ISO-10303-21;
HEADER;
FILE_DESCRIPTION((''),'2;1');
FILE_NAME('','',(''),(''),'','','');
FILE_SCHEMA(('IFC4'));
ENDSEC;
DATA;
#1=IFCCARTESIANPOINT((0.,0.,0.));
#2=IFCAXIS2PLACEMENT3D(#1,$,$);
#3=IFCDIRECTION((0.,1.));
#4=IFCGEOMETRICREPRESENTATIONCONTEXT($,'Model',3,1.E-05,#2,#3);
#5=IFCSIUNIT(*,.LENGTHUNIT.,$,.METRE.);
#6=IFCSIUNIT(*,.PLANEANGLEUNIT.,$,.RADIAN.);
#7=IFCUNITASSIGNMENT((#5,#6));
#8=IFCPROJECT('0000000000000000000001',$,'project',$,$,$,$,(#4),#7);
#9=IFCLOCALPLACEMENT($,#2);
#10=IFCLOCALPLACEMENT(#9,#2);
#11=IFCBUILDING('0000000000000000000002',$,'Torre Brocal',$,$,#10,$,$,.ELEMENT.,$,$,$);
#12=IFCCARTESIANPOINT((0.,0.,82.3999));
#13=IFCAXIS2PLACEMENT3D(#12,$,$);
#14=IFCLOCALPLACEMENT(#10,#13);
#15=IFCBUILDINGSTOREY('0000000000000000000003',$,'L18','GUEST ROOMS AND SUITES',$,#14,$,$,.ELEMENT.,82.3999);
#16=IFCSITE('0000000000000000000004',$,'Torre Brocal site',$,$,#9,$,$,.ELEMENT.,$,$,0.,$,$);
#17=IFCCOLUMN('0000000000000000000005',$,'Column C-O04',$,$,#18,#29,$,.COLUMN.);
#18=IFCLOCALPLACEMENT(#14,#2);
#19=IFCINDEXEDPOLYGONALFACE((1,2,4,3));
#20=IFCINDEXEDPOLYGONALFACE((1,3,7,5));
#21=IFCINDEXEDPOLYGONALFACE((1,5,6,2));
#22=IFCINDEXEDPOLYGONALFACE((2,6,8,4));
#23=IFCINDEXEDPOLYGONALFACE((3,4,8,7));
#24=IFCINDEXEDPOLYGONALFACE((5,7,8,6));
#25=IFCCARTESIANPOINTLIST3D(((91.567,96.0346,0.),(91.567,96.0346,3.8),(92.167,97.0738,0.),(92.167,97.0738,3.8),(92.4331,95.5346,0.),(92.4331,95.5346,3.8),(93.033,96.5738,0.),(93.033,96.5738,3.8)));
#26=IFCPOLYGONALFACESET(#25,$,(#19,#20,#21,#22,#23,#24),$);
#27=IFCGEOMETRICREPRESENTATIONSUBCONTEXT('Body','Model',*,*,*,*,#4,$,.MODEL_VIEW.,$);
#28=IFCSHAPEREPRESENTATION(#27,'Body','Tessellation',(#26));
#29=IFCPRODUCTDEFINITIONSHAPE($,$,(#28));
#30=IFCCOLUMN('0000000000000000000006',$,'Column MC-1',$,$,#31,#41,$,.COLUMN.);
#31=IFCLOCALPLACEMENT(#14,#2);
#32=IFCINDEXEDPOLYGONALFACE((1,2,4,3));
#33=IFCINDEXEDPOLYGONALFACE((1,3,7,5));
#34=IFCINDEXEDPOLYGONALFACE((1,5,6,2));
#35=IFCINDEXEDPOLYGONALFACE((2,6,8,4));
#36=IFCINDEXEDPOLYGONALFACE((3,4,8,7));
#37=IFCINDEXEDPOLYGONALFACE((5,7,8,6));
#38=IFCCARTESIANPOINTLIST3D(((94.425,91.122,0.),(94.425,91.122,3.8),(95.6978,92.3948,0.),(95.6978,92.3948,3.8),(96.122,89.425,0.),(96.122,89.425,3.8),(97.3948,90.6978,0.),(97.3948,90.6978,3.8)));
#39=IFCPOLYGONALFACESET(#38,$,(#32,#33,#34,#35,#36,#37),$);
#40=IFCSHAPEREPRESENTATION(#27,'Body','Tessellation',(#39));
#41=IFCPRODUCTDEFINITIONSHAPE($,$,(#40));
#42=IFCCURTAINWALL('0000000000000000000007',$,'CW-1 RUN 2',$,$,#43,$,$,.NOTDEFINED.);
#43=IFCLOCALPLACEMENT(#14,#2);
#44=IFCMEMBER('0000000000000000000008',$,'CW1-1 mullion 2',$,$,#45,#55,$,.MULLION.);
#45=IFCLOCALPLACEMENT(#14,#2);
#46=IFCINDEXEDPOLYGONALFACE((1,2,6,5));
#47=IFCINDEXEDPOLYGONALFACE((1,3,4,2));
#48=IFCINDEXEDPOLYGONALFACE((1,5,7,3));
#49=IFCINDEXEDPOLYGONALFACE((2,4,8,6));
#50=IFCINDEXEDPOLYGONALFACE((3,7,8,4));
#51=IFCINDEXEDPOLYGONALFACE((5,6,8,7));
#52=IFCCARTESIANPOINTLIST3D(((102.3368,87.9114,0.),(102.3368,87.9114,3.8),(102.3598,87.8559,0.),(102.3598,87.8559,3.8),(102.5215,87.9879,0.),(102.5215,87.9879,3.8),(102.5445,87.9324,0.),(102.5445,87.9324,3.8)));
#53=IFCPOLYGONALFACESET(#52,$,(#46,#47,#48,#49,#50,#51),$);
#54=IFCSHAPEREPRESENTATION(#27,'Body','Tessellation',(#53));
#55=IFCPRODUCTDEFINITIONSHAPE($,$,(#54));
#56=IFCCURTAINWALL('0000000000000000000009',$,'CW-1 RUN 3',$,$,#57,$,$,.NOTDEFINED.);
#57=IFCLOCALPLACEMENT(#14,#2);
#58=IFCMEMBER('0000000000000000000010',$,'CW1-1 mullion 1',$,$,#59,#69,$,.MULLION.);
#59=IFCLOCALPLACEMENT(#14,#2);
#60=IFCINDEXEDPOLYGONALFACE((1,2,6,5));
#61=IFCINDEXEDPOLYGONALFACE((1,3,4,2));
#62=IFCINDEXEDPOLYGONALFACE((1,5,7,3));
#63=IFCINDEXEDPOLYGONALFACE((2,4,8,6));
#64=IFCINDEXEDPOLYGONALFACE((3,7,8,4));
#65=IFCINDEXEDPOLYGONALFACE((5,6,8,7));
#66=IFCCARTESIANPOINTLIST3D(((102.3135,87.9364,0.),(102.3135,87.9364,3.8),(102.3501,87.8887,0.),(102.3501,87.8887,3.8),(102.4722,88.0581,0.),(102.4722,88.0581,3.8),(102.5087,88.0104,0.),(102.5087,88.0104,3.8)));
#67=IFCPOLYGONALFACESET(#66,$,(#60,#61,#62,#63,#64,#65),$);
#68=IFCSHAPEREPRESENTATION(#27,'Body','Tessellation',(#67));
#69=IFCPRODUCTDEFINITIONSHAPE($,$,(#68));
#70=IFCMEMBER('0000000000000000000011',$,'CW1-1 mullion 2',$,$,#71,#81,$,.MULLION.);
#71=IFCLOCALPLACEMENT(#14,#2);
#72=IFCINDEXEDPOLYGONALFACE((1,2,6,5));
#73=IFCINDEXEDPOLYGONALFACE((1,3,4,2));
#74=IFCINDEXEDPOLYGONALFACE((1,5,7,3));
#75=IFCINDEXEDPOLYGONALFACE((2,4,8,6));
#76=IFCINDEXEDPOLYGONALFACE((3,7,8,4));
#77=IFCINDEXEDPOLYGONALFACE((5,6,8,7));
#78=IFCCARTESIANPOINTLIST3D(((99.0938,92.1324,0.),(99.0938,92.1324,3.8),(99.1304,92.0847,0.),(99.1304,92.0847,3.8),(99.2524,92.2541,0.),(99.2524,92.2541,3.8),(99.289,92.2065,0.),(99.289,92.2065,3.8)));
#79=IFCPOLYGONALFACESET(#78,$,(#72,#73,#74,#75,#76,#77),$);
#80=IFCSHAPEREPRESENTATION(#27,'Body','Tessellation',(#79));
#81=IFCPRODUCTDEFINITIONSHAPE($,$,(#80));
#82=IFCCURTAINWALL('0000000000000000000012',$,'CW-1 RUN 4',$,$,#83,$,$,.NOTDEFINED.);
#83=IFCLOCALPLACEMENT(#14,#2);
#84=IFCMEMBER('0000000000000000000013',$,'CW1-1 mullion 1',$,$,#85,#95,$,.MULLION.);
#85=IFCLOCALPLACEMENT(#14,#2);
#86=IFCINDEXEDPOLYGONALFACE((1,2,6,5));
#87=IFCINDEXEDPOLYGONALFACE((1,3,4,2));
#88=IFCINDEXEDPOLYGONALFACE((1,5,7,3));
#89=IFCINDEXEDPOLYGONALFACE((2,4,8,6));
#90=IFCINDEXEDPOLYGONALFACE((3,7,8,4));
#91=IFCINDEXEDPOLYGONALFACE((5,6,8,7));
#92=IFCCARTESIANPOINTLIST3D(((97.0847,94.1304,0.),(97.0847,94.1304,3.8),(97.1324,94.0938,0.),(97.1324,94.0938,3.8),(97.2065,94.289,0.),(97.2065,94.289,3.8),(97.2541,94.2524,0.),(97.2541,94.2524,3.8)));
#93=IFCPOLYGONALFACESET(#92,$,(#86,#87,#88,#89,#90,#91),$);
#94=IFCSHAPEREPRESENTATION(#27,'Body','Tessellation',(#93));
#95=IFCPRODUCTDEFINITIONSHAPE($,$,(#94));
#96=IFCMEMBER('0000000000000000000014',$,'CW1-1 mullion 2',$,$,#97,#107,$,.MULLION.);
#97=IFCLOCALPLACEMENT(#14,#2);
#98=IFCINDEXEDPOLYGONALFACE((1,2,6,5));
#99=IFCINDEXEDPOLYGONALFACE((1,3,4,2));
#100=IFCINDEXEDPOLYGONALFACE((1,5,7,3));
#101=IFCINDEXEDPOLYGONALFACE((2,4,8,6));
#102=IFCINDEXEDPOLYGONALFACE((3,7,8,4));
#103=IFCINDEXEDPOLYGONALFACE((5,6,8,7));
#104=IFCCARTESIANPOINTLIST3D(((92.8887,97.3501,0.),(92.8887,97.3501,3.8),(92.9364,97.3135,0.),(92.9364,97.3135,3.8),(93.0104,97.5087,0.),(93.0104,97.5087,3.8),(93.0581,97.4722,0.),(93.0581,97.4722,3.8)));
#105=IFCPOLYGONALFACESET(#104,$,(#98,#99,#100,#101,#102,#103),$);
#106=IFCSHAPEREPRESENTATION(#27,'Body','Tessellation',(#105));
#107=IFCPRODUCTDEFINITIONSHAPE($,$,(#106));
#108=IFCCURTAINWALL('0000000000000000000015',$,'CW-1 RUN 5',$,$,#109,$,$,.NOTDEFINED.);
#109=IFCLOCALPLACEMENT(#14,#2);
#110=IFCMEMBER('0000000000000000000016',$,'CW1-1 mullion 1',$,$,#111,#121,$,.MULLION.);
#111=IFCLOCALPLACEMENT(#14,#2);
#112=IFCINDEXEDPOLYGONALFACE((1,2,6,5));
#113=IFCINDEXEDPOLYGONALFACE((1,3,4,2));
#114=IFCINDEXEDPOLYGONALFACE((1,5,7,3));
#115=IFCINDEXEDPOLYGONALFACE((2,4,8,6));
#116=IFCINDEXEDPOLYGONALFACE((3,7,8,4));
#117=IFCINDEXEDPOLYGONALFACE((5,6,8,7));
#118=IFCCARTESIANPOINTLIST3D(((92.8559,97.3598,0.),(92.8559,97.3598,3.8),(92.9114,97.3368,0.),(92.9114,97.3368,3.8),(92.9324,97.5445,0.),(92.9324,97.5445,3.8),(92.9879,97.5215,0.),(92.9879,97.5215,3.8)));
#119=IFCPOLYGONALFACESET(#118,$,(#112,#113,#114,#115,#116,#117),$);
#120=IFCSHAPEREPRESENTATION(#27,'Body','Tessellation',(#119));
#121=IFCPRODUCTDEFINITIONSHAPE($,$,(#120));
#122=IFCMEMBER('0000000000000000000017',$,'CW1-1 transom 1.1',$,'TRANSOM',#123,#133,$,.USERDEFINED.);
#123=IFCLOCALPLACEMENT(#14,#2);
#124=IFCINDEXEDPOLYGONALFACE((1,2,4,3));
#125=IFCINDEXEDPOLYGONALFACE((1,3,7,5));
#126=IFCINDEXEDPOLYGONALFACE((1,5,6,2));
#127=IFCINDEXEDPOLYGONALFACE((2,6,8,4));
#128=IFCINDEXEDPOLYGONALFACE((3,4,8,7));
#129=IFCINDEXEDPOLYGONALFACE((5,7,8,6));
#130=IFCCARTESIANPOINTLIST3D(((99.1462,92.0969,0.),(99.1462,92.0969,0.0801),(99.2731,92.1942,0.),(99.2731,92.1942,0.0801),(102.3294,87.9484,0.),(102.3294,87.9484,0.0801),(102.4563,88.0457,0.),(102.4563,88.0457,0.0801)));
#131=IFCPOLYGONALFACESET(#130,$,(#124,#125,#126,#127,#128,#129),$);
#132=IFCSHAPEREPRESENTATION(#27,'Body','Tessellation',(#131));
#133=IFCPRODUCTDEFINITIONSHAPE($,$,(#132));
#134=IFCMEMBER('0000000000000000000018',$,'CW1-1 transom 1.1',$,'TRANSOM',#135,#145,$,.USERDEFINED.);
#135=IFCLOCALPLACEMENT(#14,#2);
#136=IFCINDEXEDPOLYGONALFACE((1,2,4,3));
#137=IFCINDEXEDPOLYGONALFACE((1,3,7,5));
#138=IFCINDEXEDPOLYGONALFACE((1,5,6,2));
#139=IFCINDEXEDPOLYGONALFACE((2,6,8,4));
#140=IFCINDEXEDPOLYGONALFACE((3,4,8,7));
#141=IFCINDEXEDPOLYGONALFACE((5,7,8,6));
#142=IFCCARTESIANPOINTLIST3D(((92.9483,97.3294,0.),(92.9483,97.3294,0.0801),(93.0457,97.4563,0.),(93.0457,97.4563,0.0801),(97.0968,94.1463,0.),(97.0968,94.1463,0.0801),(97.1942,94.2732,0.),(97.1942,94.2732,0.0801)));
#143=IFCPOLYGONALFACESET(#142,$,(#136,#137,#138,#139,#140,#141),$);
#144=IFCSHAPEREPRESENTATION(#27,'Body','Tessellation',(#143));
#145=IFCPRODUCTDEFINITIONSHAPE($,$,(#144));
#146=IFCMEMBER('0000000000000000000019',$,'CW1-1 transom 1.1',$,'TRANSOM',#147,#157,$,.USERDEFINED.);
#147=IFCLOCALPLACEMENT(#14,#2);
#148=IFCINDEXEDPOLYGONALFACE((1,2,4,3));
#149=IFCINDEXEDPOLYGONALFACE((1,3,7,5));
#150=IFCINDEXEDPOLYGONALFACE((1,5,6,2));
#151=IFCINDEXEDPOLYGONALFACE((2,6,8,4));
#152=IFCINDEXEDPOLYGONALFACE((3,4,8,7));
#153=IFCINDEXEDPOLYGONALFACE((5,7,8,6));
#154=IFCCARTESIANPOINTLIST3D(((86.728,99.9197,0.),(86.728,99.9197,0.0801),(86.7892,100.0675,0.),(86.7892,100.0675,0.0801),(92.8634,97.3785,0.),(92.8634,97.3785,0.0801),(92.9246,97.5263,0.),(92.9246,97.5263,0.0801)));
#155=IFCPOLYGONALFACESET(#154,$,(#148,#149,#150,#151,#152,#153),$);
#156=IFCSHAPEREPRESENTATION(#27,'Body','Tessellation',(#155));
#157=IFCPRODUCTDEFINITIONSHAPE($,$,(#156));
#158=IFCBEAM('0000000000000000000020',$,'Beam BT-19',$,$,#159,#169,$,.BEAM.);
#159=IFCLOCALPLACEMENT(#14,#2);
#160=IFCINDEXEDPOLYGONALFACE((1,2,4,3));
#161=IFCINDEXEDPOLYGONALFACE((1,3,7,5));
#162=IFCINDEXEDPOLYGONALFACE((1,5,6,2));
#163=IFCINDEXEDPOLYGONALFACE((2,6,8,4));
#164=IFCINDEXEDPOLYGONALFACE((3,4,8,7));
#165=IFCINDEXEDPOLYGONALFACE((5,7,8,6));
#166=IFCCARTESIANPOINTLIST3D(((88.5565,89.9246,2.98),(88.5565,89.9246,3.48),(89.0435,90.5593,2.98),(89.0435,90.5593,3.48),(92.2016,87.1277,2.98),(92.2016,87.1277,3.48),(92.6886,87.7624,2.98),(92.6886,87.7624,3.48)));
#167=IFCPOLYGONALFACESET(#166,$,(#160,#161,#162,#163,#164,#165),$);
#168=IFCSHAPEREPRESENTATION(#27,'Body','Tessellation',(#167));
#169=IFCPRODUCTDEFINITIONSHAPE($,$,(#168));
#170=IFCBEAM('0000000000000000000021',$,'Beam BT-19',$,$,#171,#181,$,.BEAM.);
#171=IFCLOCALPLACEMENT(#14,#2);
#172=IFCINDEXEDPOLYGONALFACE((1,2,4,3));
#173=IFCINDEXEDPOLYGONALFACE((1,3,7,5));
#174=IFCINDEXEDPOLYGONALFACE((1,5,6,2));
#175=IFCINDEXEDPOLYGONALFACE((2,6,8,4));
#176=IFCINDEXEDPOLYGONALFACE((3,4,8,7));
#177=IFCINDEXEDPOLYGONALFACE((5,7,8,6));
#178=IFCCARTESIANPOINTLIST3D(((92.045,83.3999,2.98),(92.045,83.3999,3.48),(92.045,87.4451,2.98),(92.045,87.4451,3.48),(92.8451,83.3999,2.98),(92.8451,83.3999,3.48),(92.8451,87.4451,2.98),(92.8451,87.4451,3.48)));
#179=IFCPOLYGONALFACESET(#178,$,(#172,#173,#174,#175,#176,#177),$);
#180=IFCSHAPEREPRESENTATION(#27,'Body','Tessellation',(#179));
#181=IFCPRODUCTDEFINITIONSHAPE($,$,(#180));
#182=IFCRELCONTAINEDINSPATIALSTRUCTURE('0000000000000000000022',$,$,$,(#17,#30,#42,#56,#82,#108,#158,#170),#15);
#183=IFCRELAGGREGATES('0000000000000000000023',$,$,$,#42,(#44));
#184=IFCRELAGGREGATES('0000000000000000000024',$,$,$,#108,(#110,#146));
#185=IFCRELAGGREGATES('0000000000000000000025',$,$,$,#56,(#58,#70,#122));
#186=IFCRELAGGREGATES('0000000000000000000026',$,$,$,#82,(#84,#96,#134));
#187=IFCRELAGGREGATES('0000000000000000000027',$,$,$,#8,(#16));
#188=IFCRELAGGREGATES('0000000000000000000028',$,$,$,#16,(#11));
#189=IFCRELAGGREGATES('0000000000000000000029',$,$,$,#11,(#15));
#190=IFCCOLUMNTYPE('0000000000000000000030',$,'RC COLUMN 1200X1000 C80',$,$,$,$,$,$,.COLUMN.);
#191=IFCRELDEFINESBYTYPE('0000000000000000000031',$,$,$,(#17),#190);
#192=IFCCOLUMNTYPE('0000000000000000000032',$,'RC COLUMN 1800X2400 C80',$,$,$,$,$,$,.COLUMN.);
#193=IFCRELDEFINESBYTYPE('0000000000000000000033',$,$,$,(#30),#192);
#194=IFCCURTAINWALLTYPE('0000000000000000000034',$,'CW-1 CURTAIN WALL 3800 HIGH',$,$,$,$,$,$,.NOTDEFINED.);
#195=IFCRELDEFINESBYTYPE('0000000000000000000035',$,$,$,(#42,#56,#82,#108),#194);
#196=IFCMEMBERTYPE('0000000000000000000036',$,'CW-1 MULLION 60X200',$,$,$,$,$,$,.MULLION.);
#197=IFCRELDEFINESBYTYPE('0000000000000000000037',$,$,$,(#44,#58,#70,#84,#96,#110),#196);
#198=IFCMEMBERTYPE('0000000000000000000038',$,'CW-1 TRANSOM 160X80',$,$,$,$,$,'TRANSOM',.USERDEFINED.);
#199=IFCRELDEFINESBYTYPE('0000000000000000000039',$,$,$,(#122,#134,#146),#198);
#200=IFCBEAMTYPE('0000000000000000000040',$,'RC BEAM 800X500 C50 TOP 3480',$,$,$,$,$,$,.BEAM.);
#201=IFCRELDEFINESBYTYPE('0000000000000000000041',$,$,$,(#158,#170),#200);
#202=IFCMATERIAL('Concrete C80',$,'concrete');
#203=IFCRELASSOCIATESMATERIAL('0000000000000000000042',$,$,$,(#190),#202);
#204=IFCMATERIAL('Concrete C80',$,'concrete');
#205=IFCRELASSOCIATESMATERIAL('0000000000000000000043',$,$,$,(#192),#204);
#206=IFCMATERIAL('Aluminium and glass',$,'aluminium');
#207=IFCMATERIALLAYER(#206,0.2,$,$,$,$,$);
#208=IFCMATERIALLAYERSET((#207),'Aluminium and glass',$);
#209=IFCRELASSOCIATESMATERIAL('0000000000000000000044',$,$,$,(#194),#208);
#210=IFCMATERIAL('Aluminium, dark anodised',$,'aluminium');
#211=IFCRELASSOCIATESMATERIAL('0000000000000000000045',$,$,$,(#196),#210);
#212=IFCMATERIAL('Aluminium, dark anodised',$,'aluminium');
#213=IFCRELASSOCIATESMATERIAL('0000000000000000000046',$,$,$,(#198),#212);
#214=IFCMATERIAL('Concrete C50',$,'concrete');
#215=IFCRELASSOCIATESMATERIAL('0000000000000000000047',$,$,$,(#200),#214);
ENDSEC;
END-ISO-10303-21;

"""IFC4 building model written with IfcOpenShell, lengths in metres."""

from ifc_helpers import new_model, si_unit, direction, frame, origin, origin_2d, place, context, subcontext, project, spatial, rectangle, extrude, material, layer, layer_set, material_profile, profile_set, type_object, element, aggregate, save


model = new_model("IFC4")

# Units and contexts
model_context = context("Model", 3, precision=1e-05, world=origin(), true_north=direction((0.0, 1.0)))
body_context = subcontext(model_context, "Body", "Model", "MODEL_VIEW")
ifc_project = project(units=[si_unit("LENGTHUNIT", "METRE"), si_unit("PLANEANGLEUNIT", "RADIAN")], contexts=[model_context])

# Site, building, storey
site_placement = place(None, origin())
site = spatial("IfcSite", under=ifc_project, at=site_placement, Name="Torre Brocal site", CompositionType="ELEMENT", RefElevation=0.0)
building_placement = place(site_placement, origin())
building = spatial("IfcBuilding", under=site, at=building_placement, Name="Torre Brocal", CompositionType="ELEMENT")
storey_placement = place(building_placement, frame((0.0, 0.0, 82.3999)))
storey = spatial("IfcBuildingStorey", under=building, at=storey_placement, Name="L18", Description="GUEST ROOMS AND SUITES", CompositionType="ELEMENT", Elevation=82.3999)

# Columns
ifc_material_1 = material(Name="Concrete C80", Category="concrete")
ifc_material_profile_1 = material_profile(ifc_material_1, rectangle(XDim=1.2, YDim=1.0, at=origin_2d()), Name="RC 1200X1000")
ifc_profile_set_1 = profile_set([ifc_material_profile_1], Name="Concrete C80")
column_type_1 = type_object("IfcColumnType", Name="RC COLUMN 1200X1000 C80", PredefinedType="COLUMN", material=ifc_profile_set_1)
column_1_placement = place(storey_placement, frame((92.3, 96.3042, 0.0), z_axis=(0.0, 0.0, 1.0), x_axis=(0.5, 0.866025, 0.0)))
element("IfcColumn", 1, at=column_1_placement, inside=storey, type_object=column_type_1, Name="Column C-O04", PredefinedType="COLUMN", context=body_context, shape_type="SweptSolid", body=[
    extrude(rectangle(XDim=1.2, YDim=1.0, at=origin_2d()), origin(), (0.0, 0.0, 1.0), 3.8),
])
ifc_material_2 = material(Name="Concrete C80", Category="concrete")
ifc_material_profile_2 = material_profile(ifc_material_2, rectangle(XDim=1.8, YDim=2.3999, at=origin_2d()), Name="RC 1800X2400")
ifc_profile_set_2 = profile_set([ifc_material_profile_2], Name="Concrete C80")
column_type_2 = type_object("IfcColumnType", Name="RC COLUMN 1800X2400 C80", PredefinedType="COLUMN", material=ifc_profile_set_2)
column_2_placement = place(storey_placement, frame((95.9099, 90.9099, 0.0), z_axis=(0.0, 0.0, 1.0), x_axis=(0.707107, 0.707107, 0.0)))
element("IfcColumn", 2, at=column_2_placement, inside=storey, type_object=column_type_2, Name="Column MC-1", PredefinedType="COLUMN", context=body_context, shape_type="SweptSolid", body=[
    extrude(rectangle(XDim=1.8, YDim=2.3999, at=origin_2d()), origin(), (0.0, 0.0, 1.0), 3.8),
])

# Curtain wall, member
ifc_material_3 = material(Name="Aluminium and glass", Category="aluminium")
ifc_layer_1 = layer(ifc_material_3, 0.2)
ifc_layer_set_1 = layer_set([ifc_layer_1], Name="Aluminium and glass")
curtain_wall_type = type_object("IfcCurtainWallType", Name="CW-1 CURTAIN WALL 3800 HIGH", PredefinedType="NOTDEFINED", material=ifc_layer_set_1)
curtain_wall_1_placement = place(storey_placement, origin())
curtain_wall_1 = element("IfcCurtainWall", 3, at=curtain_wall_1_placement, inside=storey, type_object=curtain_wall_type, Name="CW-1 RUN 2", PredefinedType="NOTDEFINED")
ifc_material_4 = material(Name="Aluminium, dark anodised", Category="aluminium")
ifc_material_profile_3 = material_profile(ifc_material_4, rectangle(XDim=0.2, YDim=0.0601, at=origin_2d()), Name="CW-1 MULLION 60X200")
ifc_profile_set_3 = profile_set([ifc_material_profile_3], Name="Aluminium, dark anodised")
member_type_1 = type_object("IfcMemberType", Name="CW-1 MULLION 60X200", PredefinedType="MULLION", material=ifc_profile_set_3)
member_1_placement = place(storey_placement, frame((102.4407, 87.9219, 0.0), z_axis=(0.0, 0.0, 1.0), x_axis=(-0.92388, -0.382683, 0.0)))
member_1 = element("IfcMember", 4, at=member_1_placement, type_object=member_type_1, Name="CW1-1 mullion 2", PredefinedType="MULLION", context=body_context, shape_type="SweptSolid", body=[
    extrude(rectangle(XDim=0.2, YDim=0.0601, at=origin_2d()), origin(), (0.0, 0.0, 1.0), 3.8),
])
aggregate(curtain_wall_1, [member_1])

# Curtain walls, members
curtain_wall_2_placement = place(storey_placement, origin())
curtain_wall_2 = element("IfcCurtainWall", 5, at=curtain_wall_2_placement, inside=storey, type_object=curtain_wall_type, Name="CW-1 RUN 3", PredefinedType="NOTDEFINED")
member_2_placement = place(storey_placement, frame((102.4111, 87.9734, 0.0), z_axis=(0.0, 0.0, 1.0), x_axis=(-0.793353, -0.608761, 0.0)))
member_2 = element("IfcMember", 6, at=member_2_placement, type_object=member_type_1, Name="CW1-1 mullion 1", PredefinedType="MULLION", context=body_context, shape_type="SweptSolid", body=[
    extrude(rectangle(XDim=0.2, YDim=0.0601, at=origin_2d()), origin(), (0.0, 0.0, 1.0), 3.8),
])
member_3_placement = place(storey_placement, frame((99.1914, 92.1694, 0.0), z_axis=(0.0, 0.0, 1.0), x_axis=(-0.793353, -0.608761, 0.0)))
member_3 = element("IfcMember", 7, at=member_3_placement, type_object=member_type_1, Name="CW1-1 mullion 2", PredefinedType="MULLION", context=body_context, shape_type="SweptSolid", body=[
    extrude(rectangle(XDim=0.2, YDim=0.0601, at=origin_2d()), origin(), (0.0, 0.0, 1.0), 3.8),
])
curtain_wall_3_placement = place(storey_placement, origin())
curtain_wall_3 = element("IfcCurtainWall", 8, at=curtain_wall_3_placement, inside=storey, type_object=curtain_wall_type, Name="CW-1 RUN 4", PredefinedType="NOTDEFINED")
member_4_placement = place(storey_placement, frame((97.1694, 94.1914, 0.0), z_axis=(0.0, 0.0, 1.0), x_axis=(-0.608761, -0.793353, 0.0)))
member_4 = element("IfcMember", 9, at=member_4_placement, type_object=member_type_1, Name="CW1-1 mullion 1", PredefinedType="MULLION", context=body_context, shape_type="SweptSolid", body=[
    extrude(rectangle(XDim=0.2, YDim=0.0601, at=origin_2d()), origin(), (0.0, 0.0, 1.0), 3.8),
])
member_5_placement = place(storey_placement, frame((92.9734, 97.4111, 0.0), z_axis=(0.0, 0.0, 1.0), x_axis=(-0.608761, -0.793353, 0.0)))
member_5 = element("IfcMember", 10, at=member_5_placement, type_object=member_type_1, Name="CW1-1 mullion 2", PredefinedType="MULLION", context=body_context, shape_type="SweptSolid", body=[
    extrude(rectangle(XDim=0.2, YDim=0.0601, at=origin_2d()), origin(), (0.0, 0.0, 1.0), 3.8),
])

# Curtain wall, member
curtain_wall_4_placement = place(storey_placement, origin())
curtain_wall_4 = element("IfcCurtainWall", 11, at=curtain_wall_4_placement, inside=storey, type_object=curtain_wall_type, Name="CW-1 RUN 5", PredefinedType="NOTDEFINED")
member_6_placement = place(storey_placement, frame((92.9219, 97.4407, 0.0), z_axis=(0.0, 0.0, 1.0), x_axis=(-0.382683, -0.92388, 0.0)))
member_6 = element("IfcMember", 12, at=member_6_placement, type_object=member_type_1, Name="CW1-1 mullion 1", PredefinedType="MULLION", context=body_context, shape_type="SweptSolid", body=[
    extrude(rectangle(XDim=0.2, YDim=0.0601, at=origin_2d()), origin(), (0.0, 0.0, 1.0), 3.8),
])

# Members
ifc_material_5 = material(Name="Aluminium, dark anodised", Category="aluminium")
ifc_material_profile_4 = material_profile(ifc_material_5, rectangle(XDim=0.1599, YDim=0.0801, at=origin_2d()), Name="CW-1 TRANSOM 160X80")
ifc_profile_set_4 = profile_set([ifc_material_profile_4], Name="Aluminium, dark anodised")
member_type_2 = type_object("IfcMemberType", Name="CW-1 TRANSOM 160X80", ElementType="TRANSOM", PredefinedType="USERDEFINED", material=ifc_profile_set_4)
member_7_placement = place(storey_placement, frame((102.3928, 87.9971, 0.04), z_axis=(-0.608749, 0.793363, 0.0), x_axis=(-0.793363, -0.608749, 0.0)))
member_7 = element("IfcMember", 13, at=member_7_placement, type_object=member_type_2, Name="CW1-1 transom 1.1", ObjectType="TRANSOM", PredefinedType="USERDEFINED", context=body_context, shape_type="SweptSolid", body=[
    extrude(rectangle(XDim=0.1599, YDim=0.0801, at=origin_2d()), origin(), (0.0, 0.0, 1.0), 5.229),
])
member_8_placement = place(storey_placement, frame((97.1455, 94.2097, 0.04), z_axis=(-0.793363, 0.608749, 0.0), x_axis=(-0.608749, -0.793363, 0.0)))
member_8 = element("IfcMember", 14, at=member_8_placement, type_object=member_type_2, Name="CW1-1 transom 1.1", ObjectType="TRANSOM", PredefinedType="USERDEFINED", context=body_context, shape_type="SweptSolid", body=[
    extrude(rectangle(XDim=0.1599, YDim=0.0801, at=origin_2d()), origin(), (0.0, 0.0, 1.0), 5.229),
])
member_9_placement = place(storey_placement, frame((92.894, 97.4524, 0.04), z_axis=(-0.923887, 0.382665, 0.0), x_axis=(-0.382665, -0.923887, 0.0)))
member_9 = element("IfcMember", 15, at=member_9_placement, type_object=member_type_2, Name="CW1-1 transom 1.1", ObjectType="TRANSOM", PredefinedType="USERDEFINED", context=body_context, shape_type="SweptSolid", body=[
    extrude(rectangle(XDim=0.1599, YDim=0.0801, at=origin_2d()), origin(), (0.0, 0.0, 1.0), 6.6409),
])
aggregate(curtain_wall_4, [member_6, member_9])

# Beams
ifc_material_6 = material(Name="Concrete C50", Category="concrete")
ifc_material_profile_5 = material_profile(ifc_material_6, rectangle(XDim=0.8, YDim=0.5, at=origin_2d()), Name="RC 800X500")
ifc_profile_set_5 = profile_set([ifc_material_profile_5], Name="Concrete C50")
beam_type_1 = type_object("IfcBeamType", Name="RC BEAM 800X500 C50 TOP 3480", PredefinedType="BEAM", material=ifc_profile_set_5)
beam_1_placement = place(storey_placement, frame((92.4451, 87.4451, 3.23), z_axis=(-0.793358, 0.608755, 0.0), x_axis=(-0.608755, -0.793358, 0.0)))
element("IfcBeam", 16, at=beam_1_placement, inside=storey, type_object=beam_type_1, Name="Beam BT-19", PredefinedType="BEAM", context=body_context, shape_type="SweptSolid", body=[
    extrude(rectangle(XDim=0.8, YDim=0.5, at=origin_2d()), origin(), (0.0, 0.0, 1.0), 4.5945),
])
beam_2_placement = place(storey_placement, frame((92.4451, 87.4451, 3.23), z_axis=(0.0, -1.0, 0.0), x_axis=(1.0, 0.0, 0.0)))
element("IfcBeam", 17, at=beam_2_placement, inside=storey, type_object=beam_type_1, Name="Beam BT-19", PredefinedType="BEAM", context=body_context, shape_type="SweptSolid", body=[
    extrude(rectangle(XDim=0.8, YDim=0.5, at=origin_2d()), origin(), (0.0, 0.0, 1.0), 4.0452),
])

aggregate(curtain_wall_2, [member_2, member_3, member_7])
aggregate(curtain_wall_3, [member_4, member_5, member_8])

save(model, "model.ifc")
